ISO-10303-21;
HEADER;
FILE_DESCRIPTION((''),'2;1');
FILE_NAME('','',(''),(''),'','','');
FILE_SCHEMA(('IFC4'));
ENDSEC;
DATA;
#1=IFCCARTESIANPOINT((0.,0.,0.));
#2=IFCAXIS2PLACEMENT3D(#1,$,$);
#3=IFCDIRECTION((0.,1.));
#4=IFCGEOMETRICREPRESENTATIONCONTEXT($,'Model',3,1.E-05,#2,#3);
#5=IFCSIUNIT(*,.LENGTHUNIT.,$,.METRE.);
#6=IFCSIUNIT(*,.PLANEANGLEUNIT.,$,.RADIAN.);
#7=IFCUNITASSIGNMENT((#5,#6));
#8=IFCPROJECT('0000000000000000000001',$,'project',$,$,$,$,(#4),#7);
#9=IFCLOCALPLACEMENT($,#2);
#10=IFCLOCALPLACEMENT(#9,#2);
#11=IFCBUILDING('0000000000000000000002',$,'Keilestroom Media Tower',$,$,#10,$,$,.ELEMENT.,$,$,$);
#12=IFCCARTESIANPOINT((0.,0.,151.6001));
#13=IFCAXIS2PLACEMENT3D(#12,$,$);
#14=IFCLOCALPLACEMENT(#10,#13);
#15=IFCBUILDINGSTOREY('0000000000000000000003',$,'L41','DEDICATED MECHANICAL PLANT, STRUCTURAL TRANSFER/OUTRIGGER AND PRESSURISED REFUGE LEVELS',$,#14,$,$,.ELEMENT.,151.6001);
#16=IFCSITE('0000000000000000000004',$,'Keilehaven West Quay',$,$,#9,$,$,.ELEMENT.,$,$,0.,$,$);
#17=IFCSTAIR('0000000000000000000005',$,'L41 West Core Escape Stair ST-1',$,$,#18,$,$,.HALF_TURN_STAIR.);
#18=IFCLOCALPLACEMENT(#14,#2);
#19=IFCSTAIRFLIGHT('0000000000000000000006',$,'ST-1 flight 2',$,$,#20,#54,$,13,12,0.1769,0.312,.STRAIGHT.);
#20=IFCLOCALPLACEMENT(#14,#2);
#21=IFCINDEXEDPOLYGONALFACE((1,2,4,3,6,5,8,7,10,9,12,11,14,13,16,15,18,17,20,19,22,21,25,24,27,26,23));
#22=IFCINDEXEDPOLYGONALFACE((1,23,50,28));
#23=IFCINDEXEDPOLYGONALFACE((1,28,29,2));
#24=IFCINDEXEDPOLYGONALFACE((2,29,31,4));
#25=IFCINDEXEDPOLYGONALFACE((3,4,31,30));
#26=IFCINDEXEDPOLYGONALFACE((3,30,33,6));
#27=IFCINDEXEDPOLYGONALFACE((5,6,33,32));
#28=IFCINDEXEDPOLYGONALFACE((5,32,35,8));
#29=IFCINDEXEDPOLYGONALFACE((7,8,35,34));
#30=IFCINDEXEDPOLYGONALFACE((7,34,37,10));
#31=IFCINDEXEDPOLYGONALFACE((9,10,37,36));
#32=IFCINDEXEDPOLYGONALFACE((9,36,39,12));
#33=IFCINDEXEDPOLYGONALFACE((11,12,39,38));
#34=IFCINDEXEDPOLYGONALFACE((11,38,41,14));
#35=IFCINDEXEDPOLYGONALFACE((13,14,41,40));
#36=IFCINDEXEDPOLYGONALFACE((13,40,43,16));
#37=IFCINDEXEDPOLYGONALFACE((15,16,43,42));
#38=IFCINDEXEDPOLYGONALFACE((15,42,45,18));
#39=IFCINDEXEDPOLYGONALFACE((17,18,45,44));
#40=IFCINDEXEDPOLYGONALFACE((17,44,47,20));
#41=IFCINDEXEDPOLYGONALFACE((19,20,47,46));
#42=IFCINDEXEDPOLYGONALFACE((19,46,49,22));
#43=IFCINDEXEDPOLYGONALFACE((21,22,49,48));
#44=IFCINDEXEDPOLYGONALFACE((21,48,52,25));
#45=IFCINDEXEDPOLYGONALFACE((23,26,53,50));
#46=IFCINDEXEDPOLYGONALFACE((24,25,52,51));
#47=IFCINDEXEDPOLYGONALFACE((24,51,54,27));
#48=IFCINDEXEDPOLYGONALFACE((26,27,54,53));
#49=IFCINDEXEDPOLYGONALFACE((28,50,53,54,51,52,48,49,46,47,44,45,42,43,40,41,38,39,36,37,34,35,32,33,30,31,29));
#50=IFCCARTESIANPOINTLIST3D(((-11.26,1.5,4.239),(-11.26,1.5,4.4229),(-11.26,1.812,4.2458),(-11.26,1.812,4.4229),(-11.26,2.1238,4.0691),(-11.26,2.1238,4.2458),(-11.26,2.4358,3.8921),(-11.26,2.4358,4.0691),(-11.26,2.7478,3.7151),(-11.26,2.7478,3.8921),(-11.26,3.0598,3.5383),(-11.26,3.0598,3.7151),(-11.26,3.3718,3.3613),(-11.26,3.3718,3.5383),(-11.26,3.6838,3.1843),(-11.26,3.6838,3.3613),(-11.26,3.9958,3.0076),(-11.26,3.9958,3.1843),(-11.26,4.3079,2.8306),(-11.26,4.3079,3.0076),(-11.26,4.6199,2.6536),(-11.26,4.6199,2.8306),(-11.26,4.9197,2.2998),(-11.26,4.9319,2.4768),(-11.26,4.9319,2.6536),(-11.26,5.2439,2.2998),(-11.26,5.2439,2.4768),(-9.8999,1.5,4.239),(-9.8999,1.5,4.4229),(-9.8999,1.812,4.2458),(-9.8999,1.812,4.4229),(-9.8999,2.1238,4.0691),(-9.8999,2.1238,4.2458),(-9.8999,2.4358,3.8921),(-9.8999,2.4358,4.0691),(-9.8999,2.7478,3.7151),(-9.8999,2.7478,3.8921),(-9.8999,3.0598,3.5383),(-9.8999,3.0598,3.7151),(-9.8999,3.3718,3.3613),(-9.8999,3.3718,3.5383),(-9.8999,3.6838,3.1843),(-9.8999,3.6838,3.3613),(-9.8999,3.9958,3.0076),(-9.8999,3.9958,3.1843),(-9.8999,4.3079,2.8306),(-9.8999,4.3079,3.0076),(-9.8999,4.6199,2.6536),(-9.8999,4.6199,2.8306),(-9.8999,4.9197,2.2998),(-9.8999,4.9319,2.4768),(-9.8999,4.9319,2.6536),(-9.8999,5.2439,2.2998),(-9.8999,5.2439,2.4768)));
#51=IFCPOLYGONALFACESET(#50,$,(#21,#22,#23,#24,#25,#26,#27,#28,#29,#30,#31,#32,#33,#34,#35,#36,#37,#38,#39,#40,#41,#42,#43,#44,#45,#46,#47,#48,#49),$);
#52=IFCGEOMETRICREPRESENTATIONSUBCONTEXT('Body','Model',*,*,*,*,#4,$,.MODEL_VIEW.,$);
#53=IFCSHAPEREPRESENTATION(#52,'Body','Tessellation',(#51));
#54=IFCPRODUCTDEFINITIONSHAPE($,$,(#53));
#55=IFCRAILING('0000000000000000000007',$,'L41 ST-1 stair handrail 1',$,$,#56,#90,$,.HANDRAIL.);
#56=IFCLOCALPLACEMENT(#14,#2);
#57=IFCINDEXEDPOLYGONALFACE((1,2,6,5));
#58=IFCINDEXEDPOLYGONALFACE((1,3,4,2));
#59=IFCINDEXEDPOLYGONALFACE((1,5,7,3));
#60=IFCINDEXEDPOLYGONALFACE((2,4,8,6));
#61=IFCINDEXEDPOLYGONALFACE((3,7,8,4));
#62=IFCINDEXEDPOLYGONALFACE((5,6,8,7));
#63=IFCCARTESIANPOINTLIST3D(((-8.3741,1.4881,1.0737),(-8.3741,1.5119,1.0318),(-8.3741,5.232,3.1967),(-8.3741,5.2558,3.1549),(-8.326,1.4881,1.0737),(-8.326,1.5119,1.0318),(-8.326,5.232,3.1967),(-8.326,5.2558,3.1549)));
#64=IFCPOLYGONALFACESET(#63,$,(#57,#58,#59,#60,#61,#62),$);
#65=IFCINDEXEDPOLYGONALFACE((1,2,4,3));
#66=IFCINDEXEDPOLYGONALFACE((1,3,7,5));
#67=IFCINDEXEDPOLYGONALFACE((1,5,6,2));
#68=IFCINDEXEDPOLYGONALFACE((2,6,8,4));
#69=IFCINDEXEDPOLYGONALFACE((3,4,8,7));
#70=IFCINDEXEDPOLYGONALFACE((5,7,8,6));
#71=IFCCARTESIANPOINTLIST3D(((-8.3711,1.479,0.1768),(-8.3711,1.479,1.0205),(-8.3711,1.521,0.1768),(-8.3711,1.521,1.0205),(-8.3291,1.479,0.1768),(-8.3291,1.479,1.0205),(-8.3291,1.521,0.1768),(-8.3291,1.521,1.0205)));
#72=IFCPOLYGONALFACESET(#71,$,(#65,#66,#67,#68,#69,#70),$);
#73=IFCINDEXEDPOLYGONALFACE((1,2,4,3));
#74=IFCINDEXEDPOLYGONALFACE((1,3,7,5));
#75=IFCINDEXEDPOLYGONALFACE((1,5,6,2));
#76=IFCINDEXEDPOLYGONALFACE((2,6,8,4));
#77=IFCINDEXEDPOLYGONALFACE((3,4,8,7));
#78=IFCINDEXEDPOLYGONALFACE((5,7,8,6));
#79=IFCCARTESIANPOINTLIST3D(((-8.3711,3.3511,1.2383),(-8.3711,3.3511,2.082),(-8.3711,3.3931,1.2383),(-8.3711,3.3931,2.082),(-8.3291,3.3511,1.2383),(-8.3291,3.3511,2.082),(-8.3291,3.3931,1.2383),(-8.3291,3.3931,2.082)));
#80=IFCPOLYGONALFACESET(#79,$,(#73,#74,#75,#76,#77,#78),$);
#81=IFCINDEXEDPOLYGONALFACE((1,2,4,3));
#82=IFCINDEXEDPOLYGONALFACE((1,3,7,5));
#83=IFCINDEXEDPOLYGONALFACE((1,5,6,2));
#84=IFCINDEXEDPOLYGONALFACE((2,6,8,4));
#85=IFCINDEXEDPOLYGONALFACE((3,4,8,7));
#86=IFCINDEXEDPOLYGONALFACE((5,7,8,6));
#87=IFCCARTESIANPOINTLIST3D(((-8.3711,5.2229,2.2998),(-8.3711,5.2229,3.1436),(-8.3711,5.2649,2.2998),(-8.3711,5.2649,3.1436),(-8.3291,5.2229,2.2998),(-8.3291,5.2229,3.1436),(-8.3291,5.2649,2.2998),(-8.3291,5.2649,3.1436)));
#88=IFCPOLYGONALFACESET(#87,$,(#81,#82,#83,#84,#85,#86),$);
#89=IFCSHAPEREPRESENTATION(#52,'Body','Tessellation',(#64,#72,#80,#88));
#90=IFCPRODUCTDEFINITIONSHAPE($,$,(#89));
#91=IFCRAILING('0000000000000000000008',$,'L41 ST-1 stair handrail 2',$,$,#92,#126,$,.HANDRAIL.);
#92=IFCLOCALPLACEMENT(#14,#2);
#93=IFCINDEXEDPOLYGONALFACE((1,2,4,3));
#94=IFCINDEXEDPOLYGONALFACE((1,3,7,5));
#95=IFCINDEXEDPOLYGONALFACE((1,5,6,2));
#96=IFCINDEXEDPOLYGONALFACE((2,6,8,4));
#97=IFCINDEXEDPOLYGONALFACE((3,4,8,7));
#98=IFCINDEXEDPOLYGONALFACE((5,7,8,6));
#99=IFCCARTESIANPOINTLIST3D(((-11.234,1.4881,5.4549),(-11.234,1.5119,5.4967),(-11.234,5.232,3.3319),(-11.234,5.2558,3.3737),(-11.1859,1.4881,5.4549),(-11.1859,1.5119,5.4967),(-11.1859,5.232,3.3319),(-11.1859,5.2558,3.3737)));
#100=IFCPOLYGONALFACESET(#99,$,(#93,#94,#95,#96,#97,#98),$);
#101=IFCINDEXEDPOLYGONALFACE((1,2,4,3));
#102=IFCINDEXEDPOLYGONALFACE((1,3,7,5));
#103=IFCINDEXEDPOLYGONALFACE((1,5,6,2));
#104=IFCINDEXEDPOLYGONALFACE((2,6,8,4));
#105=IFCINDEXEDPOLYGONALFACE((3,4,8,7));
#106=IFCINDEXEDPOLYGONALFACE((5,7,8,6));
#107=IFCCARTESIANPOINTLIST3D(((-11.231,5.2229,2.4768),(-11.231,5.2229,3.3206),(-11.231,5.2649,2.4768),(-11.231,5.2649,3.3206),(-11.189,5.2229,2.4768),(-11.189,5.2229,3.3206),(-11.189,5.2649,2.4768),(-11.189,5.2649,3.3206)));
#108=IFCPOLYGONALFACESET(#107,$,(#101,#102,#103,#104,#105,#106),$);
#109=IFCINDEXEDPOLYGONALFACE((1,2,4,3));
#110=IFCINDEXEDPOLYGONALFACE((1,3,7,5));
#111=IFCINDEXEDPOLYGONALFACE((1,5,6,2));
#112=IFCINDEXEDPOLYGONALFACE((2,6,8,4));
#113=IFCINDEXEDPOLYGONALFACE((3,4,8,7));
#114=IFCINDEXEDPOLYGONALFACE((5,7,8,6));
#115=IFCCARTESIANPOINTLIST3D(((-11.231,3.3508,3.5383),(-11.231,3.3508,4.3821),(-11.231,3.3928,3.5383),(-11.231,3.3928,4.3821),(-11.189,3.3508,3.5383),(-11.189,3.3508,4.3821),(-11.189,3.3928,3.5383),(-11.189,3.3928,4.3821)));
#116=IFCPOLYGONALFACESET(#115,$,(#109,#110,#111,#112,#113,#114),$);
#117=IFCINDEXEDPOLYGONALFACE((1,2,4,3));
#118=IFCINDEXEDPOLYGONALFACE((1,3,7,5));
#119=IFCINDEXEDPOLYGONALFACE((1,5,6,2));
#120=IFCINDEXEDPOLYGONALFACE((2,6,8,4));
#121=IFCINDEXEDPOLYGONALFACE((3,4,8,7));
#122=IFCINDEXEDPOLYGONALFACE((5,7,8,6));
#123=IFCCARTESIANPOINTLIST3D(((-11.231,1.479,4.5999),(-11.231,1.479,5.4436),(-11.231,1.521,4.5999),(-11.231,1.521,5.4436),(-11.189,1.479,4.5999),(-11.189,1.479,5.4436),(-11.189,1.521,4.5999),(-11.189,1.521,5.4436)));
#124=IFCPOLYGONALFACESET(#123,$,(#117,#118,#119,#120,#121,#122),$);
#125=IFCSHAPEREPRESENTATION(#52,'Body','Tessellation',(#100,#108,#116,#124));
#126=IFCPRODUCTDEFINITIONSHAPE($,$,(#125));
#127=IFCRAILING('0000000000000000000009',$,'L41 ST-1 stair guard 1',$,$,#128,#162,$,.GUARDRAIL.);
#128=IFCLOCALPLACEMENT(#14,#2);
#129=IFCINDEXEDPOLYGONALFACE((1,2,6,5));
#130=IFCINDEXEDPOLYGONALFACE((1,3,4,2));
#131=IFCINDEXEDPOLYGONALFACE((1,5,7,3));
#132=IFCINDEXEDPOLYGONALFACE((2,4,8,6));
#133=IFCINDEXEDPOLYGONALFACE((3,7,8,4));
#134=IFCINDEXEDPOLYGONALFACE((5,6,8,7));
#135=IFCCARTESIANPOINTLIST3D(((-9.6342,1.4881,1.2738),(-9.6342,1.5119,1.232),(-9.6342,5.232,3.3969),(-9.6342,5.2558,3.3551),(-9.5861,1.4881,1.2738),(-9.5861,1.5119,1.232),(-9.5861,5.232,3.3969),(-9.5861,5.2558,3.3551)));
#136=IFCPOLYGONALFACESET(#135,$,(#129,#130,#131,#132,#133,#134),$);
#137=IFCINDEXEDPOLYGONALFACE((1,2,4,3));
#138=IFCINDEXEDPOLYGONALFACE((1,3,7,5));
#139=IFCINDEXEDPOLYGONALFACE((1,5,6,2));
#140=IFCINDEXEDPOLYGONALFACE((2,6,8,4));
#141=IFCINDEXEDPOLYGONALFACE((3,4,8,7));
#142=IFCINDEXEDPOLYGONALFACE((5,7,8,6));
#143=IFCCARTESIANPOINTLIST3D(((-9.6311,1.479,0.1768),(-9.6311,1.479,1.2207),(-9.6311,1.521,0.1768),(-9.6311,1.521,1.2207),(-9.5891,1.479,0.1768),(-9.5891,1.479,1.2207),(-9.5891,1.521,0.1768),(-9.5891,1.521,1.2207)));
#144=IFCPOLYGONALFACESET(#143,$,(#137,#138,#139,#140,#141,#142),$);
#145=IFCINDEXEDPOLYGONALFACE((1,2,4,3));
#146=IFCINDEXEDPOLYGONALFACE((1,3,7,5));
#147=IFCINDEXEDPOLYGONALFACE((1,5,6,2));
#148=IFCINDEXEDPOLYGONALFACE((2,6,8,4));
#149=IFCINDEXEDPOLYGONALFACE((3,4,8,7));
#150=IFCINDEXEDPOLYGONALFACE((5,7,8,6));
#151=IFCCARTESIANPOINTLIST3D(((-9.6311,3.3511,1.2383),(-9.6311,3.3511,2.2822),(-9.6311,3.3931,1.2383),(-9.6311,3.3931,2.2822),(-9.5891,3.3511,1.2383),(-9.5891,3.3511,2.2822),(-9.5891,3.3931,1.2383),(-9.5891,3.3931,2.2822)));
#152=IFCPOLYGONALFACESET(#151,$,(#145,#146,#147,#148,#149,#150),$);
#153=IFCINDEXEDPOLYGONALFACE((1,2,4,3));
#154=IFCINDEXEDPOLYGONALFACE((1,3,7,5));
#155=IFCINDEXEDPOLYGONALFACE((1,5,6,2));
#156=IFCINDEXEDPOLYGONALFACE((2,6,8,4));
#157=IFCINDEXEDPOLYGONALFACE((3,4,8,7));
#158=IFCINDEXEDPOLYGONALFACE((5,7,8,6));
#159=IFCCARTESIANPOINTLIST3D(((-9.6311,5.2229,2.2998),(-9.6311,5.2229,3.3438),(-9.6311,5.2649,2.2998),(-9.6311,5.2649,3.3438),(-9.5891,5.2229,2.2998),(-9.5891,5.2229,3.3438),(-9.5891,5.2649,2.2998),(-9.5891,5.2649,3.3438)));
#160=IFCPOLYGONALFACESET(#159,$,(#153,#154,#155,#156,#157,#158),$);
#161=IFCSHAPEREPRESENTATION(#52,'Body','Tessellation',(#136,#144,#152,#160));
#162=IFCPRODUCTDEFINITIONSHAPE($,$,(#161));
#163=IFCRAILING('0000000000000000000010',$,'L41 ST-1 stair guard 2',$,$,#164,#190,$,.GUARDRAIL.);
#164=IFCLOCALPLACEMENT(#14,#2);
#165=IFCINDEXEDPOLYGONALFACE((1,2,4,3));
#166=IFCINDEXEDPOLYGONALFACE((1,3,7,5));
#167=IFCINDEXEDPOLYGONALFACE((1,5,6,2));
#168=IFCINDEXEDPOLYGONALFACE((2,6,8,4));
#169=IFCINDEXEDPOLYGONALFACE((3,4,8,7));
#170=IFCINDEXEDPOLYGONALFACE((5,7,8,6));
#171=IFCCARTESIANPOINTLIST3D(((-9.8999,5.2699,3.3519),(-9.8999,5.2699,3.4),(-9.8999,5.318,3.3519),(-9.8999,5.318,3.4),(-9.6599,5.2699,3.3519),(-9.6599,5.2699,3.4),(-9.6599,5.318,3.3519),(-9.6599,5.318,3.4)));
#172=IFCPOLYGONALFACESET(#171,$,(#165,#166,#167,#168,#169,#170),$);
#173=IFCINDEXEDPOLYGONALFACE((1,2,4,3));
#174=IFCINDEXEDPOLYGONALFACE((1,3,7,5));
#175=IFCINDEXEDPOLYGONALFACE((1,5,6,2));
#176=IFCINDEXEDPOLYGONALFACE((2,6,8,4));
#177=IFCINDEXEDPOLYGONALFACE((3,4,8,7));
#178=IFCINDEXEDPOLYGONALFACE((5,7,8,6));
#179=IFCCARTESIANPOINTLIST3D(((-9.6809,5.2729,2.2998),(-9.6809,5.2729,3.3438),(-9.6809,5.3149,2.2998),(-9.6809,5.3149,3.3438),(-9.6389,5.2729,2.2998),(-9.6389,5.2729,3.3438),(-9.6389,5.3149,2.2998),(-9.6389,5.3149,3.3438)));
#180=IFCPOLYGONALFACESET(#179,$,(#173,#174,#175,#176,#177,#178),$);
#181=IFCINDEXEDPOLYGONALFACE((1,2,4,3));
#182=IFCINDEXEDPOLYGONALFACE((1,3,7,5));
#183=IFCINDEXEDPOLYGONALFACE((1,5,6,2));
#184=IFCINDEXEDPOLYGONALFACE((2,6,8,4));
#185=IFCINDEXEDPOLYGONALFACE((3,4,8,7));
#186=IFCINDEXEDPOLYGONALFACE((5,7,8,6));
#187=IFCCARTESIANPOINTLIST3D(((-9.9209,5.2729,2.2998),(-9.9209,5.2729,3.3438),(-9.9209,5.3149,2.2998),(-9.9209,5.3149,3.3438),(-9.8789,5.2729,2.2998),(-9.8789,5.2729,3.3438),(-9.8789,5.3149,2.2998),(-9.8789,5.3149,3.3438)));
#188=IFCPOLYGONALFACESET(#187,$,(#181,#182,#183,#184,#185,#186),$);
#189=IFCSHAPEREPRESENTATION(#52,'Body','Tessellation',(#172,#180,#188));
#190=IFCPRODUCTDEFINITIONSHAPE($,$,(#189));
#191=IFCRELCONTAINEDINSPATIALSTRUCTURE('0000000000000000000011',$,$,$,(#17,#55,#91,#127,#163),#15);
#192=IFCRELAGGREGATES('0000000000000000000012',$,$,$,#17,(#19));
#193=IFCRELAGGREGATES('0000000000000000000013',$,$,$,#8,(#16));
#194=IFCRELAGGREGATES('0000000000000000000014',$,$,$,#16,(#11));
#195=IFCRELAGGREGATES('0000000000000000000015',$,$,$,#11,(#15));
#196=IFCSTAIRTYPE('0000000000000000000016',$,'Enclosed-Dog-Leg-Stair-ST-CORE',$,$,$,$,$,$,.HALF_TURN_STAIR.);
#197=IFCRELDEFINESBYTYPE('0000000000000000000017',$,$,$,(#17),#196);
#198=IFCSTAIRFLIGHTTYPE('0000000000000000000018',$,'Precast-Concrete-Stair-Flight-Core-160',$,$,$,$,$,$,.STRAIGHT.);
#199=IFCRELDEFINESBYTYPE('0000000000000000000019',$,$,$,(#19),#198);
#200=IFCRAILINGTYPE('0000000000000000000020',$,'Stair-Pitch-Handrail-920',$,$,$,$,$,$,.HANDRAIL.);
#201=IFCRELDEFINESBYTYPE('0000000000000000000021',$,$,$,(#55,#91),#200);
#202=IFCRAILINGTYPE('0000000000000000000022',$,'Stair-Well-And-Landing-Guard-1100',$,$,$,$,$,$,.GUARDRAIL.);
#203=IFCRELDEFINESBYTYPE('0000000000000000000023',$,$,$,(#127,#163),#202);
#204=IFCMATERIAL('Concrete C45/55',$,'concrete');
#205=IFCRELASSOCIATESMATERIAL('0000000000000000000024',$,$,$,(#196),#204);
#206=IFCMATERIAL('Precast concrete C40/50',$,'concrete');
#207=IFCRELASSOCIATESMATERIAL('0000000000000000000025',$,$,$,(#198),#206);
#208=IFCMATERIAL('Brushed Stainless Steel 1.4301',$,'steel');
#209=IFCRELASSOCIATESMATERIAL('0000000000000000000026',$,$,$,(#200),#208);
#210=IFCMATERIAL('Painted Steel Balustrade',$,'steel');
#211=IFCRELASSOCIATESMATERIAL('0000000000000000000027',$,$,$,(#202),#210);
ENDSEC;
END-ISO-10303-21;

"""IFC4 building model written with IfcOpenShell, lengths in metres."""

from ifc_helpers import new_model, si_unit, direction, frame, origin, origin_2d, place, context, subcontext, project, spatial, polyline, rectangle, outline, extrude, material, type_object, element, aggregate, save


model = new_model("IFC4")

# Units and contexts
model_context = context("Model", 3, precision=1e-05, world=origin(), true_north=direction((0.0, 1.0)))
body_context = subcontext(model_context, "Body", "Model", "MODEL_VIEW")
ifc_project = project(units=[si_unit("LENGTHUNIT", "METRE"), si_unit("PLANEANGLEUNIT", "RADIAN")], contexts=[model_context])

# Site, building, storey
site_placement = place(None, origin())
site = spatial("IfcSite", under=ifc_project, at=site_placement, Name="Keilehaven West Quay", CompositionType="ELEMENT", RefElevation=0.0)
building_placement = place(site_placement, origin())
building = spatial("IfcBuilding", under=site, at=building_placement, Name="Keilestroom Media Tower", CompositionType="ELEMENT")
storey_placement = place(building_placement, frame((0.0, 0.0, 151.6001)))
storey = spatial("IfcBuildingStorey", under=building, at=storey_placement, Name="L41", Description="DEDICATED MECHANICAL PLANT, STRUCTURAL TRANSFER/OUTRIGGER AND PRESSURISED REFUGE LEVELS", CompositionType="ELEMENT", Elevation=151.6001)

# Stair
ifc_material_1 = material(Name="Concrete C45/55", Category="concrete")
stair_type = type_object("IfcStairType", Name="Enclosed-Dog-Leg-Stair-ST-CORE", PredefinedType="HALF_TURN_STAIR", material=ifc_material_1)
stair_placement = place(storey_placement, origin())
stair = element("IfcStair", 1, at=stair_placement, inside=storey, type_object=stair_type, Name="L41 West Core Escape Stair ST-1", PredefinedType="HALF_TURN_STAIR")

# Shared definitions
ifc_material_2 = material(Name="Precast concrete C40/50", Category="concrete")

# Stair flight
stair_flight_type = type_object("IfcStairFlightType", Name="Precast-Concrete-Stair-Flight-Core-160", PredefinedType="STRAIGHT", material=ifc_material_2)
stair_flight_1_placement = place(storey_placement, frame((-10.5801, 5.2439, 2.2998), z_axis=(0.0, 0.0, 1.0), x_axis=(0.0, -1.0, 0.0)))
stair_flight_1 = element("IfcStairFlight", 2, at=stair_flight_1_placement, type_object=stair_flight_type, Name="ST-1 flight 2", NumberOfRisers=13, NumberOfTreads=12, PredefinedType="STRAIGHT", RiserHeight=0.1769, TreadLength=0.312, context=body_context, shape_type="SweptSolid", body=[
    extrude(outline(polyline([(0.0, 0.0), (0.0, 0.177), (0.312, 0.177), (0.312, 0.3538), (0.624, 0.3538), (0.624, 0.5308), (0.936, 0.5308), (0.936, 0.7078), (1.248, 0.7078), (1.248, 0.8845), (1.5601, 0.8845), (1.5601, 1.0615), (1.8721, 1.0615), (1.8721, 1.2385), (2.1841, 1.2385), (2.1841, 1.4153), (2.4961, 1.4153), (2.4961, 1.5923), (2.8081, 1.5923), (2.8081, 1.7693), (3.1201, 1.7693), (3.1201, 1.946), (3.4319, 1.946), (3.4319, 2.123), (3.7439, 2.123), (3.7439, 2.3), (3.7439, 1.9392), (0.3242, 0.0), (0.0, 0.0)])), frame((0.0, 0.6802, 0.0), z_axis=(0.0, -1.0, 0.0), x_axis=(1.0, 0.0, 0.0)), (0.0, 0.0, 1.0), 1.3601),
])
aggregate(stair, [stair_flight_1])

# Railings
ifc_material_3 = material(Name="Brushed Stainless Steel 1.4301", Category="steel")
railing_type_1 = type_object("IfcRailingType", Name="Stair-Pitch-Handrail-920", PredefinedType="HANDRAIL", material=ifc_material_3)
railing_1_placement = place(storey_placement, frame((-8.3501, 1.5, 0.1768)))
element("IfcRailing", 3, at=railing_1_placement, inside=storey, type_object=railing_type_1, Name="L41 ST-1 stair handrail 1", PredefinedType="HANDRAIL", context=body_context, shape_type="SweptSolid", body=[
    extrude(rectangle(XDim=0.0481, YDim=0.0481, at=origin_2d()), frame((0.0, 0.0, 0.876), z_axis=(0.0, 0.869872, 0.493277), x_axis=(-1.0, 0.0, 0.0)), (0.0, 0.0, 1.0), 4.304),
    extrude(rectangle(XDim=0.042, YDim=0.042, at=origin_2d()), origin(), (0.0, 0.0, 1.0), 0.8438),
    extrude(rectangle(XDim=0.042, YDim=0.042, at=origin_2d()), frame((0.0, 1.8721, 1.0615)), (0.0, 0.0, 1.0), 0.8438),
    extrude(rectangle(XDim=0.042, YDim=0.042, at=origin_2d()), frame((0.0, 3.7439, 2.123)), (0.0, 0.0, 1.0), 0.8438),
])
railing_2_placement = place(storey_placement, frame((-11.21, 5.2439, 2.4768)))
element("IfcRailing", 4, at=railing_2_placement, inside=storey, type_object=railing_type_1, Name="L41 ST-1 stair handrail 2", PredefinedType="HANDRAIL", context=body_context, shape_type="SweptSolid", body=[
    extrude(rectangle(XDim=0.0481, YDim=0.0481, at=origin_2d()), frame((0.0, 0.0, 0.876), z_axis=(0.0, -0.869872, 0.493277), x_axis=(1.0, 0.0, 0.0)), (0.0, 0.0, 1.0), 4.304),
    extrude(rectangle(XDim=0.042, YDim=0.042, at=origin_2d()), origin(), (0.0, 0.0, 1.0), 0.8438),
    extrude(rectangle(XDim=0.042, YDim=0.042, at=origin_2d()), frame((0.0, -1.8721, 1.0615)), (0.0, 0.0, 1.0), 0.8438),
    extrude(rectangle(XDim=0.042, YDim=0.042, at=origin_2d()), frame((0.0, -3.7439, 2.123)), (0.0, 0.0, 1.0), 0.8438),
])
ifc_material_4 = material(Name="Painted Steel Balustrade", Category="steel")
railing_type_2 = type_object("IfcRailingType", Name="Stair-Well-And-Landing-Guard-1100", PredefinedType="GUARDRAIL", material=ifc_material_4)
railing_3_placement = place(storey_placement, frame((-9.6101, 1.5, 0.1768)))
element("IfcRailing", 5, at=railing_3_placement, inside=storey, type_object=railing_type_2, Name="L41 ST-1 stair guard 1", PredefinedType="GUARDRAIL", context=body_context, shape_type="SweptSolid", body=[
    extrude(rectangle(XDim=0.0481, YDim=0.0481, at=origin_2d()), frame((0.0, 0.0, 1.0762), z_axis=(0.0, 0.869872, 0.493277), x_axis=(-1.0, 0.0, 0.0)), (0.0, 0.0, 1.0), 4.304),
    extrude(rectangle(XDim=0.042, YDim=0.042, at=origin_2d()), origin(), (0.0, 0.0, 1.0), 1.0439),
    extrude(rectangle(XDim=0.042, YDim=0.042, at=origin_2d()), frame((0.0, 1.8721, 1.0615)), (0.0, 0.0, 1.0), 1.0439),
    extrude(rectangle(XDim=0.042, YDim=0.042, at=origin_2d()), frame((0.0, 3.7439, 2.123)), (0.0, 0.0, 1.0), 1.0439),
])
railing_4_placement = place(storey_placement, frame((-9.6599, 5.2939, 2.2998)))
element("IfcRailing", 6, at=railing_4_placement, inside=storey, type_object=railing_type_2, Name="L41 ST-1 stair guard 2", PredefinedType="GUARDRAIL", context=body_context, shape_type="SweptSolid", body=[
    extrude(rectangle(XDim=0.0481, YDim=0.0481, at=origin_2d()), frame((0.0, 0.0, 1.0762), z_axis=(-1.0, 0.0, 0.0), x_axis=(0.0, -1.0, 0.0)), (0.0, 0.0, 1.0), 0.24),
    extrude(rectangle(XDim=0.042, YDim=0.042, at=origin_2d()), origin(), (0.0, 0.0, 1.0), 1.0439),
    extrude(rectangle(XDim=0.042, YDim=0.042, at=origin_2d()), frame((-0.24, 0.0, 0.0)), (0.0, 0.0, 1.0), 1.0439),
])

save(model, "model.ifc")
